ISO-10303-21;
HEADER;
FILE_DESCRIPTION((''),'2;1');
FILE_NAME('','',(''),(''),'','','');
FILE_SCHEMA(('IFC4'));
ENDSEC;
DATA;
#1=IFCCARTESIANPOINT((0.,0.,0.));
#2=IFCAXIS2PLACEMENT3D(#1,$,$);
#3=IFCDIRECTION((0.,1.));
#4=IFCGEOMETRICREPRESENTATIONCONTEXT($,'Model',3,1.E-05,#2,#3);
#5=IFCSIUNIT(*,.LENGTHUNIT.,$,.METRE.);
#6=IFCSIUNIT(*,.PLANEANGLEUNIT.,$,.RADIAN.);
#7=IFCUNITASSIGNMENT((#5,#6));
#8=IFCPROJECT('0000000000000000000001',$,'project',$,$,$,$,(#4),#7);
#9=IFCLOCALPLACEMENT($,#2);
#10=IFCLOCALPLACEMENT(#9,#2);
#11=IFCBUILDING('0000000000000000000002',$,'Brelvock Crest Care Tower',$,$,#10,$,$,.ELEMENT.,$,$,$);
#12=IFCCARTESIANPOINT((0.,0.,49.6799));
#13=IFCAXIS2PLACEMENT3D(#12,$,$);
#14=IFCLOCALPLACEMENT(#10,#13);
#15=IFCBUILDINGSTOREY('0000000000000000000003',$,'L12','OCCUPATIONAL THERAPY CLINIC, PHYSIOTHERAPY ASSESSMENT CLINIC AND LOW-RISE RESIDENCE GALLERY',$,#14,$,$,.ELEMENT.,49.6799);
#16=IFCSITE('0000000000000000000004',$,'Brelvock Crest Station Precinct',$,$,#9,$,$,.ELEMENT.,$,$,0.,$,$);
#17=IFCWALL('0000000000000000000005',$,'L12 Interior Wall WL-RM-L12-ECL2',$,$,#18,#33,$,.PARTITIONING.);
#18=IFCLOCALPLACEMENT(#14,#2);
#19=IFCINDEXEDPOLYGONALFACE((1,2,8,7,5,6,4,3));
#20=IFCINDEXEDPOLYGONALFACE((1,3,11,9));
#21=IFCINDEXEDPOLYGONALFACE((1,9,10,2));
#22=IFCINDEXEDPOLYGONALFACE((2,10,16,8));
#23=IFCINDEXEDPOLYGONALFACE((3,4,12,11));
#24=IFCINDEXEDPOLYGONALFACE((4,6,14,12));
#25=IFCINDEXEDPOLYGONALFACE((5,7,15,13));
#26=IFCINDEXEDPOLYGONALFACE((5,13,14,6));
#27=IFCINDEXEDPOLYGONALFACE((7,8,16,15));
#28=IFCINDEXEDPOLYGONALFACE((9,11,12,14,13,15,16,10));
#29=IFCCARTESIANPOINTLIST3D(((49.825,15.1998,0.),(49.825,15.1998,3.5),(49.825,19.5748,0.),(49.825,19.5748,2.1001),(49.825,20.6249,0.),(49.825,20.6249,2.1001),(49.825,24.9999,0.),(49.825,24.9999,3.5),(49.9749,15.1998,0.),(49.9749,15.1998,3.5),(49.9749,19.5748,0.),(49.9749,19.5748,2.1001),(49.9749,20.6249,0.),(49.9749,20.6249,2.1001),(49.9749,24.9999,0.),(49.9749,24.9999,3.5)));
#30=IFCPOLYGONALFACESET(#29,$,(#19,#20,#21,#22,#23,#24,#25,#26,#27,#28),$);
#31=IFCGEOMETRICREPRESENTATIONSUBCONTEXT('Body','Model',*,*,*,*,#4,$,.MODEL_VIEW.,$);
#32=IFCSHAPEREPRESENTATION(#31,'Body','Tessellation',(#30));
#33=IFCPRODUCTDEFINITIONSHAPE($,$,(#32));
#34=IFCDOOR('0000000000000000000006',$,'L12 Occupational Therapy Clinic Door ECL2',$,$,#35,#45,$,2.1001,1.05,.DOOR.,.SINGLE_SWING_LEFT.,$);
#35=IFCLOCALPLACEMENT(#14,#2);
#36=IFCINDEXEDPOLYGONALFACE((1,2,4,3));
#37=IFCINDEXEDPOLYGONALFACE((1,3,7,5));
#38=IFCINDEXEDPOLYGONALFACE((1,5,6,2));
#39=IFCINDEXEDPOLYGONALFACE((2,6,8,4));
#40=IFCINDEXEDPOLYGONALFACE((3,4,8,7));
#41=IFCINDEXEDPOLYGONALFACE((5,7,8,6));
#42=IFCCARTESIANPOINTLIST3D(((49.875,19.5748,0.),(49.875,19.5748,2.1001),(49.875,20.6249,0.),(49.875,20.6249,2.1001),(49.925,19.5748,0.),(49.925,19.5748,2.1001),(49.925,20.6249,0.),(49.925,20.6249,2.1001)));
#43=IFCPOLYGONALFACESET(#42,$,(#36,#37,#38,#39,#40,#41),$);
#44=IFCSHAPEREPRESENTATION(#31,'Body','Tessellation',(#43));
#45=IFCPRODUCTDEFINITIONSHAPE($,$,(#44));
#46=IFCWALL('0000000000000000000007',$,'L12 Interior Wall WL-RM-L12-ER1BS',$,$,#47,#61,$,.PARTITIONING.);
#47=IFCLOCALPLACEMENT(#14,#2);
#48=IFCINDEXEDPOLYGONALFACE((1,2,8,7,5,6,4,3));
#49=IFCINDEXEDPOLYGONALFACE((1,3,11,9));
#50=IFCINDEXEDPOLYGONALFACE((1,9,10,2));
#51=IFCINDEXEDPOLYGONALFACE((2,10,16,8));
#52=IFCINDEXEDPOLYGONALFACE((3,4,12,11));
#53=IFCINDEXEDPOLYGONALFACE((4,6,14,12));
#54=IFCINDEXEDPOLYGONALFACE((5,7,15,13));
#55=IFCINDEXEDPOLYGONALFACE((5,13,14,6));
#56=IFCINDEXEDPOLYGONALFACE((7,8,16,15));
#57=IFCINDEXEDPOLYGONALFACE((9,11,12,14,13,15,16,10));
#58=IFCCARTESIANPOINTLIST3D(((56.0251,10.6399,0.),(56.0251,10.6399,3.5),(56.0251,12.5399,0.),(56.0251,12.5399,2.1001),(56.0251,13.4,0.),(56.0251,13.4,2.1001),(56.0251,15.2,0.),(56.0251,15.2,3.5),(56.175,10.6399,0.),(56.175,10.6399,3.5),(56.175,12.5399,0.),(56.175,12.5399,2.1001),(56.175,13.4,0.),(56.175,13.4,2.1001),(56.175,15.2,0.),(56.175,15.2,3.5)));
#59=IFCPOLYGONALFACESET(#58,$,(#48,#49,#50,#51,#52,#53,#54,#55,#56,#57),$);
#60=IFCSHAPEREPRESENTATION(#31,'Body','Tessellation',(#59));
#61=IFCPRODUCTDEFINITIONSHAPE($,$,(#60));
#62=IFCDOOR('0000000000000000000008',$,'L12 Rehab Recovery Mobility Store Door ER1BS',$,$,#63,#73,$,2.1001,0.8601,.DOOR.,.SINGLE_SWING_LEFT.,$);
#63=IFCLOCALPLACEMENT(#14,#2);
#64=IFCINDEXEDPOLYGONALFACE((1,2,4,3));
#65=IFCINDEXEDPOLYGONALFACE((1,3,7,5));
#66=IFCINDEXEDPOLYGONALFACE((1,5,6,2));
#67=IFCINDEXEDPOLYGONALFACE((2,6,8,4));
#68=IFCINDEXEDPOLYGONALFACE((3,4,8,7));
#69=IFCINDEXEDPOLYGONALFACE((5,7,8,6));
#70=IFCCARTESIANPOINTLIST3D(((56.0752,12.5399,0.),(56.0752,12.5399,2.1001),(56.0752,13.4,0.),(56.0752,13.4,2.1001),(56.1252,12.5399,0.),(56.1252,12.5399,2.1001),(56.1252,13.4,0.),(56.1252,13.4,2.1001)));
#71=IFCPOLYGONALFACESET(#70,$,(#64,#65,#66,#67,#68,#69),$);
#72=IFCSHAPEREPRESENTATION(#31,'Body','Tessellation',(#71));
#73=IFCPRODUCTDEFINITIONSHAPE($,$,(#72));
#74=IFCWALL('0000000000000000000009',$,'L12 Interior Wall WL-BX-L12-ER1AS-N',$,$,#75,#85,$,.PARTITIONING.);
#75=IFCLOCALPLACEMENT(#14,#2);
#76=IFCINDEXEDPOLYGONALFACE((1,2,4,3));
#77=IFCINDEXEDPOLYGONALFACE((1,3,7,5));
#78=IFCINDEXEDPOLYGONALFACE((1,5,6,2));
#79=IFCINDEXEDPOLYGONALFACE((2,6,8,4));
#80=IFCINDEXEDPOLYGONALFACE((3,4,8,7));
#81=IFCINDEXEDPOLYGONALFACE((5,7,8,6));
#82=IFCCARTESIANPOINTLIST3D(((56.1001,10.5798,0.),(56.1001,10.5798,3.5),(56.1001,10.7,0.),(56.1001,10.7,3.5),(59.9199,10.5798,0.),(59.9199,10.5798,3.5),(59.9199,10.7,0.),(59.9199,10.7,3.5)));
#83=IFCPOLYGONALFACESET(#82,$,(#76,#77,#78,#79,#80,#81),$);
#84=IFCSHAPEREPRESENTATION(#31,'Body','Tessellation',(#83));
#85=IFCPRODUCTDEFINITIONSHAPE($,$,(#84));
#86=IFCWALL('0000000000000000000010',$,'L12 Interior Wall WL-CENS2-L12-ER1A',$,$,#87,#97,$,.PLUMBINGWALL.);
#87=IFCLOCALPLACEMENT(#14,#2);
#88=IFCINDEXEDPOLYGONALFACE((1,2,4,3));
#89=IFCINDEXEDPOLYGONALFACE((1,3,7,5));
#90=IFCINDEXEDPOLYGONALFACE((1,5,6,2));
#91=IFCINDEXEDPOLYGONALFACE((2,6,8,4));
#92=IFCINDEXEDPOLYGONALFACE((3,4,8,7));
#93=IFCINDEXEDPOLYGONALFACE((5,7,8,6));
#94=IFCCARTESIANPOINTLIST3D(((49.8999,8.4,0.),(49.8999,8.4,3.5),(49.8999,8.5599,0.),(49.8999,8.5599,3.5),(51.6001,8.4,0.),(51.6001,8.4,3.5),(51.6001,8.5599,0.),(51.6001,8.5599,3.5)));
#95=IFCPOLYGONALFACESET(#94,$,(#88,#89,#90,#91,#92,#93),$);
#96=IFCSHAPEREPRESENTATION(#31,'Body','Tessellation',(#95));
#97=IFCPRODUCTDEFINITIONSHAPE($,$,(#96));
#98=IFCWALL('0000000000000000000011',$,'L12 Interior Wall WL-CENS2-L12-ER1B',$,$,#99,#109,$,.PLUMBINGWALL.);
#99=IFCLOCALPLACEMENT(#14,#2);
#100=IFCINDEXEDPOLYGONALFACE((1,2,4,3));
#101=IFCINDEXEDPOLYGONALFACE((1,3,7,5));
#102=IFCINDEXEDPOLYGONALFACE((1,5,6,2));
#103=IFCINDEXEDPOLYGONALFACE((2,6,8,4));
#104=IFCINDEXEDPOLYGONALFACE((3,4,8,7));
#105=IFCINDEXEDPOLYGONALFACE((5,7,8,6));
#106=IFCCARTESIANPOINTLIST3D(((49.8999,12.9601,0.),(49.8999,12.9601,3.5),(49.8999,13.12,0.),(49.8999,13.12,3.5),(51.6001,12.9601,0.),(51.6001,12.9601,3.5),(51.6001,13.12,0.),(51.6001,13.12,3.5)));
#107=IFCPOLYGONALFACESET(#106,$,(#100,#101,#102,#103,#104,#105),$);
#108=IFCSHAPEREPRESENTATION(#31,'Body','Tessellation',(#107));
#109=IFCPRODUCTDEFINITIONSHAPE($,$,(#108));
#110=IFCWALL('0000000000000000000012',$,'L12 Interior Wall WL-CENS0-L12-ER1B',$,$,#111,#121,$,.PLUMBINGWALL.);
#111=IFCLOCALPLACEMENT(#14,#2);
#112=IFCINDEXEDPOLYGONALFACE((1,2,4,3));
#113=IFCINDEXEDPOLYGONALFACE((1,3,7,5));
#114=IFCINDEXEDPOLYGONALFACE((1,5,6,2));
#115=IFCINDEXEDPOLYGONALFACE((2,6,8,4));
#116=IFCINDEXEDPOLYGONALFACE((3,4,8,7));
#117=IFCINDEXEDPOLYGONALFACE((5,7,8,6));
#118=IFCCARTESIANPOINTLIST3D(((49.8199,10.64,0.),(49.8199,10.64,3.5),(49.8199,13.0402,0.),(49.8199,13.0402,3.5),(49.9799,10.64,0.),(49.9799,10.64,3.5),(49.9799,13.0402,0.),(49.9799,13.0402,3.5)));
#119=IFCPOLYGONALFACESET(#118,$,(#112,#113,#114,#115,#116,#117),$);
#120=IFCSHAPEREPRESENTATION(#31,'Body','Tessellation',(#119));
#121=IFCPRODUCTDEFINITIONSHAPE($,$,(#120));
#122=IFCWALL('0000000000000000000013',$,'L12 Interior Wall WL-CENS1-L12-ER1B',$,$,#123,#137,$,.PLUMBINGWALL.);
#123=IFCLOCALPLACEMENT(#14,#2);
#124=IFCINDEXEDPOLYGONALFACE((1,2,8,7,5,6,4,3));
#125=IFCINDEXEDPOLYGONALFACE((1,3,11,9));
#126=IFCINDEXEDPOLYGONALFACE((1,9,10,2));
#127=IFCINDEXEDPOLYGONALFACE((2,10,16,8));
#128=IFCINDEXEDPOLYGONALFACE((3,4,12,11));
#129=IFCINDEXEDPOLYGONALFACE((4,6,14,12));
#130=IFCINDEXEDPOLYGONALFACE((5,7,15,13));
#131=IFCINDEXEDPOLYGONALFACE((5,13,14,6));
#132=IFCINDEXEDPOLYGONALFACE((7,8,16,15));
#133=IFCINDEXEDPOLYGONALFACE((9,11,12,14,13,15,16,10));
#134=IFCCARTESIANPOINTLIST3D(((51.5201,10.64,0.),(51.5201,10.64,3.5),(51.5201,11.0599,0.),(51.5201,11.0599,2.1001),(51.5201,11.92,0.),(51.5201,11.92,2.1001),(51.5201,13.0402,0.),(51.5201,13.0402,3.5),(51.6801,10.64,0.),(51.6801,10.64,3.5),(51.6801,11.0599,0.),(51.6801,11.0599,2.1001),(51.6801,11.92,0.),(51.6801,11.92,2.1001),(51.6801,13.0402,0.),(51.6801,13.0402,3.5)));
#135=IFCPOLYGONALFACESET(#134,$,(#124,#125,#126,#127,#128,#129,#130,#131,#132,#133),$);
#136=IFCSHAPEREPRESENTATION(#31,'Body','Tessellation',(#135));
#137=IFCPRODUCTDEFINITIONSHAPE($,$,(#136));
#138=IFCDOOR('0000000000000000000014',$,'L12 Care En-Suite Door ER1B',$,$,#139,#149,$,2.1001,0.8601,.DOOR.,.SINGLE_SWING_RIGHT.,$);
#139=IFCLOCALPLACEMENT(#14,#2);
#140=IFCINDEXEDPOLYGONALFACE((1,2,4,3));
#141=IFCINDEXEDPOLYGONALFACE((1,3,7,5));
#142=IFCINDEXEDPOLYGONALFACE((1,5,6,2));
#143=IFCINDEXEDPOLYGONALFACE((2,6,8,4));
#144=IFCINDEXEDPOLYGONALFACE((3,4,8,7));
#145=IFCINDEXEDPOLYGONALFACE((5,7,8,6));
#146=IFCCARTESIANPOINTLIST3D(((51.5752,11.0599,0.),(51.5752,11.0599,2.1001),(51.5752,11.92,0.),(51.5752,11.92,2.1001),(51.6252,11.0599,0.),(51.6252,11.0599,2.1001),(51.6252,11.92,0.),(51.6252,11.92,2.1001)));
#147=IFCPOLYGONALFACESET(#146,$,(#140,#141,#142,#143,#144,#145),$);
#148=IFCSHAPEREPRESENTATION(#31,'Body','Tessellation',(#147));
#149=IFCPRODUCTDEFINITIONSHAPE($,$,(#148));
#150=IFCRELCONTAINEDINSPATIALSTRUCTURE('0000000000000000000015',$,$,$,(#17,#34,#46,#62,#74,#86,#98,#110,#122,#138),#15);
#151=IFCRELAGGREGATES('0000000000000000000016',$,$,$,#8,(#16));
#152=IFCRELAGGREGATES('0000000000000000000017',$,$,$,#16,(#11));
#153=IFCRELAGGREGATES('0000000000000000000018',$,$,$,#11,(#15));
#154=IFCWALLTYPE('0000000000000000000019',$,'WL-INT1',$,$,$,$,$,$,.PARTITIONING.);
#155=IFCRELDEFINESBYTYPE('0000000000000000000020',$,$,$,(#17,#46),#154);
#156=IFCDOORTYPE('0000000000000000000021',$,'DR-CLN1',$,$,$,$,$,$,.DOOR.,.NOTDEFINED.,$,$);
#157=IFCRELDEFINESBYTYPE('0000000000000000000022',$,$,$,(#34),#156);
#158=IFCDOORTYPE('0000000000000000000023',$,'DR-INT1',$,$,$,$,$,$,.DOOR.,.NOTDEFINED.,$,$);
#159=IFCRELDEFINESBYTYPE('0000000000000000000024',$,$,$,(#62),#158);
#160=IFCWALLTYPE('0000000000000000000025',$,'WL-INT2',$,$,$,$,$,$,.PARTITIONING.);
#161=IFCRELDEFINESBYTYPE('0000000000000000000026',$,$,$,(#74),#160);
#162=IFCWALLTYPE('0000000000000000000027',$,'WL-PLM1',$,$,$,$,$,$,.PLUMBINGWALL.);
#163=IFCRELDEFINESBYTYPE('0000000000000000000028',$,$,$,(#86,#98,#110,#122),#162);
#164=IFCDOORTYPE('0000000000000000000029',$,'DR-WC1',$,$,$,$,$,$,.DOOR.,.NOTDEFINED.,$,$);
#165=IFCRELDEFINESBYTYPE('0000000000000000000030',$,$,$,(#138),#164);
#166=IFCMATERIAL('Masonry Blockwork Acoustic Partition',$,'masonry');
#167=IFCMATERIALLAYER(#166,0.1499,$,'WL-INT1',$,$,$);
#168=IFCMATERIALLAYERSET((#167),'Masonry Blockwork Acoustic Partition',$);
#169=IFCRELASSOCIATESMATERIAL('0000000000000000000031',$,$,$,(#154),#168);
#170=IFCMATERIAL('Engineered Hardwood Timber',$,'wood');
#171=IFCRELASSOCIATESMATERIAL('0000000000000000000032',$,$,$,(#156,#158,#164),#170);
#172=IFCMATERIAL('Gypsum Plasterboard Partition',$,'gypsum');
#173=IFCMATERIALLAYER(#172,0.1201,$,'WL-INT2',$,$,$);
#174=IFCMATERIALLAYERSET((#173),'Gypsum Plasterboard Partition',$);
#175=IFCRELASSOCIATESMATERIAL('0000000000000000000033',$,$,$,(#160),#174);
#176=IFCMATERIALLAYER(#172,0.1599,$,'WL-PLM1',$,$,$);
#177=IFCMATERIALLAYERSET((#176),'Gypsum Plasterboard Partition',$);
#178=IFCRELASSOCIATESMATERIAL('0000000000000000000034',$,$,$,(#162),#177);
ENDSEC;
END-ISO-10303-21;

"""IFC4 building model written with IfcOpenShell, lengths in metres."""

from ifc_helpers import new_model, si_unit, direction, frame, frame_2d, origin, origin_2d, place, context, subcontext, project, spatial, rectangle, extrude, source, transform, mapped, material, layer, layer_set, type_object, element, fill, save


model = new_model("IFC4")

# Units and contexts
model_context = context("Model", 3, precision=1e-05, world=origin(), true_north=direction((0.0, 1.0)))
body_context = subcontext(model_context, "Body", "Model", "MODEL_VIEW")
ifc_project = project(units=[si_unit("LENGTHUNIT", "METRE"), si_unit("PLANEANGLEUNIT", "RADIAN")], contexts=[model_context])

# Site, building, storey
site_placement = place(None, origin())
site = spatial("IfcSite", under=ifc_project, at=site_placement, Name="Brelvock Crest Station Precinct", CompositionType="ELEMENT", RefElevation=0.0)
building_placement = place(site_placement, origin())
building = spatial("IfcBuilding", under=site, at=building_placement, Name="Brelvock Crest Care Tower", CompositionType="ELEMENT")
storey_placement = place(building_placement, frame((0.0, 0.0, 49.6799)))
storey = spatial("IfcBuildingStorey", under=building, at=storey_placement, Name="L12", Description="OCCUPATIONAL THERAPY CLINIC, PHYSIOTHERAPY ASSESSMENT CLINIC AND LOW-RISE RESIDENCE GALLERY", CompositionType="ELEMENT", Elevation=49.6799)

# Shared definitions
ifc_material_1 = material(Name="Masonry Blockwork Acoustic Partition", Category="masonry")
ifc_layer_1 = layer(ifc_material_1, 0.1499, Name="WL-INT1")
ifc_layer_set_1 = layer_set([ifc_layer_1], Name="Masonry Blockwork Acoustic Partition")
wall_type_1 = type_object("IfcWallType", Name="WL-INT1", PredefinedType="PARTITIONING", material=ifc_layer_set_1)

# Walls, openings, doors
ifc_material_2 = material(Name="Engineered Hardwood Timber", Category="wood")
wall_1_placement = place(storey_placement, frame((49.8999, 15.2, 0.0), z_axis=(0.0, 0.0, 1.0), x_axis=(0.0, 1.0, 0.0)))
wall_1 = element("IfcWall", 1, at=wall_1_placement, inside=storey, type_object=wall_type_1, Name="L12 Interior Wall WL-RM-L12-ECL2", PredefinedType="PARTITIONING", context=body_context, shape_type="SweptSolid", body=[
    extrude(rectangle(XDim=9.8, YDim=0.1499, at=frame_2d((4.8999, 0.0))), origin(), (0.0, 0.0, 1.0), 3.5),
])
opening_1_placement = place(wall_1_placement, frame((4.375, 0.0, 0.0)))
opening_1 = element("IfcOpeningElement", 2, at=opening_1_placement, cuts=wall_1, PredefinedType="OPENING", context=body_context, shape_type="SweptSolid", body=[
    extrude(rectangle(XDim=1.05, YDim=2.1001, at=origin_2d()), frame((0.5249, 0.085, 1.05), z_axis=(0.0, -1.0, 0.0), x_axis=(1.0, 0.0, 0.0)), (0.0, 0.0, 1.0), 0.1699),
])
door_type_1 = type_object("IfcDoorType", Name="DR-CLN1", OperationType="NOTDEFINED", PredefinedType="DOOR", material=ifc_material_2)
shared_shape_1 = source(origin(), body_context, "Body", "SweptSolid", [
    extrude(rectangle(XDim=1.05, YDim=2.1001, at=origin_2d()), frame((0.5249, 0.0249, 1.05), z_axis=(0.0, -1.0, 0.0), x_axis=(1.0, 0.0, 0.0)), (0.0, 0.0, 1.0), 0.05),
])
door_1_placement = place(opening_1_placement, origin())
door_1 = element("IfcDoor", 3, at=door_1_placement, inside=storey, type_object=door_type_1, Name="L12 Occupational Therapy Clinic Door ECL2", OperationType="SINGLE_SWING_LEFT", OverallHeight=2.1001, OverallWidth=1.05, PredefinedType="DOOR", context=body_context, shape_type="MappedRepresentation", body=[
    mapped(shared_shape_1, transform((0.0, 0.0, 0.0), x_axis=(1.0, 0.0, 0.0), y_axis=(0.0, 1.0, 0.0), z_axis=(0.0, 0.0, 1.0), scale=1.0)),
])
fill(opening_1, door_1)
wall_2_placement = place(storey_placement, frame((56.1001, 10.6399, 0.0), z_axis=(0.0, 0.0, 1.0), x_axis=(0.0, 1.0, 0.0)))
wall_2 = element("IfcWall", 4, at=wall_2_placement, inside=storey, type_object=wall_type_1, Name="L12 Interior Wall WL-RM-L12-ER1BS", PredefinedType="PARTITIONING", context=body_context, shape_type="SweptSolid", body=[
    extrude(rectangle(XDim=4.5601, YDim=0.1499, at=frame_2d((2.28, 0.0))), origin(), (0.0, 0.0, 1.0), 3.5),
])
opening_2_placement = place(wall_2_placement, frame((1.8999, 0.0, 0.0)))
opening_2 = element("IfcOpeningElement", 5, at=opening_2_placement, cuts=wall_2, PredefinedType="OPENING", context=body_context, shape_type="SweptSolid", body=[
    extrude(rectangle(XDim=0.8601, YDim=2.1001, at=origin_2d()), frame((0.4302, 0.085, 1.05), z_axis=(0.0, -1.0, 0.0), x_axis=(1.0, 0.0, 0.0)), (0.0, 0.0, 1.0), 0.1699),
])
door_type_2 = type_object("IfcDoorType", Name="DR-INT1", OperationType="NOTDEFINED", PredefinedType="DOOR", material=ifc_material_2)
shared_shape_2 = source(origin(), body_context, "Body", "SweptSolid", [
    extrude(rectangle(XDim=0.8601, YDim=2.1001, at=origin_2d()), frame((0.4302, 0.0249, 1.05), z_axis=(0.0, -1.0, 0.0), x_axis=(1.0, 0.0, 0.0)), (0.0, 0.0, 1.0), 0.05),
])
door_2_placement = place(opening_2_placement, origin())
door_2 = element("IfcDoor", 6, at=door_2_placement, inside=storey, type_object=door_type_2, Name="L12 Rehab Recovery Mobility Store Door ER1BS", OperationType="SINGLE_SWING_LEFT", OverallHeight=2.1001, OverallWidth=0.8601, PredefinedType="DOOR", context=body_context, shape_type="MappedRepresentation", body=[
    mapped(shared_shape_2, transform((0.0, 0.0, 0.0), x_axis=(1.0, 0.0, 0.0), y_axis=(0.0, 1.0, 0.0), z_axis=(0.0, 0.0, 1.0), scale=1.0)),
])
fill(opening_2, door_2)

# Walls
ifc_material_3 = material(Name="Gypsum Plasterboard Partition", Category="gypsum")
ifc_layer_2 = layer(ifc_material_3, 0.1201, Name="WL-INT2")
ifc_layer_set_2 = layer_set([ifc_layer_2], Name="Gypsum Plasterboard Partition")
wall_type_2 = type_object("IfcWallType", Name="WL-INT2", PredefinedType="PARTITIONING", material=ifc_layer_set_2)
wall_3_placement = place(storey_placement, frame((56.1001, 10.6399, 0.0), z_axis=(0.0, 0.0, 1.0), x_axis=(1.0, 0.0, 0.0)))
element("IfcWall", 7, at=wall_3_placement, inside=storey, type_object=wall_type_2, Name="L12 Interior Wall WL-BX-L12-ER1AS-N", PredefinedType="PARTITIONING", context=body_context, shape_type="SweptSolid", body=[
    extrude(rectangle(XDim=3.8198, YDim=0.1201, at=frame_2d((1.9099, 0.0))), origin(), (0.0, 0.0, 1.0), 3.5),
])
ifc_layer_3 = layer(ifc_material_3, 0.1599, Name="WL-PLM1")
ifc_layer_set_3 = layer_set([ifc_layer_3], Name="Gypsum Plasterboard Partition")
wall_type_3 = type_object("IfcWallType", Name="WL-PLM1", PredefinedType="PLUMBINGWALL", material=ifc_layer_set_3)
for number, where, z_axis, x_axis, name in (
    (8, (49.8999, 8.48, 0.0), (0.0, 0.0, 1.0), (1.0, 0.0, 0.0), "L12 Interior Wall WL-CENS2-L12-ER1A"),
    (9, (49.8999, 13.04, 0.0), (0.0, 0.0, 1.0), (1.0, 0.0, 0.0), "L12 Interior Wall WL-CENS2-L12-ER1B"),
):
    element("IfcWall", number, at=place(storey_placement, frame(where, z_axis=z_axis, x_axis=x_axis)), inside=storey, type_object=wall_type_3, Name=name, PredefinedType="PLUMBINGWALL", context=body_context, shape_type="SweptSolid", body=[
        extrude(rectangle(XDim=1.7002, YDim=0.1599, at=frame_2d((0.8501, 0.0))), origin(), (0.0, 0.0, 1.0), 3.5),
    ])
wall_4_placement = place(storey_placement, frame((49.8999, 10.6399, 0.0), z_axis=(0.0, 0.0, 1.0), x_axis=(0.0, 1.0, 0.0)))
element("IfcWall", 10, at=wall_4_placement, inside=storey, type_object=wall_type_3, Name="L12 Interior Wall WL-CENS0-L12-ER1B", PredefinedType="PLUMBINGWALL", context=body_context, shape_type="SweptSolid", body=[
    extrude(rectangle(XDim=2.4001, YDim=0.1599, at=frame_2d((1.2002, 0.0))), origin(), (0.0, 0.0, 1.0), 3.5),
])

# Wall, opening, door
wall_5_placement = place(storey_placement, frame((51.6001, 10.6399, 0.0), z_axis=(0.0, 0.0, 1.0), x_axis=(0.0, 1.0, 0.0)))
wall_5 = element("IfcWall", 11, at=wall_5_placement, inside=storey, type_object=wall_type_3, Name="L12 Interior Wall WL-CENS1-L12-ER1B", PredefinedType="PLUMBINGWALL", context=body_context, shape_type="SweptSolid", body=[
    extrude(rectangle(XDim=2.4001, YDim=0.1599, at=frame_2d((1.2002, 0.0))), origin(), (0.0, 0.0, 1.0), 3.5),
])
opening_3_placement = place(wall_5_placement, frame((0.4199, 0.0, 0.0)))
opening_3 = element("IfcOpeningElement", 12, at=opening_3_placement, cuts=wall_5, PredefinedType="OPENING", context=body_context, shape_type="SweptSolid", body=[
    extrude(rectangle(XDim=0.8601, YDim=2.1001, at=origin_2d()), frame((0.4302, 0.0898, 1.05), z_axis=(0.0, -1.0, 0.0), x_axis=(1.0, 0.0, 0.0)), (0.0, 0.0, 1.0), 0.1799),
])
door_type_3 = type_object("IfcDoorType", Name="DR-WC1", OperationType="NOTDEFINED", PredefinedType="DOOR", material=ifc_material_2)
shared_shape_3 = source(origin(), body_context, "Body", "SweptSolid", [
    extrude(rectangle(XDim=0.8601, YDim=2.1001, at=origin_2d()), frame((0.4302, 0.0249, 1.05), z_axis=(0.0, -1.0, 0.0), x_axis=(1.0, 0.0, 0.0)), (0.0, 0.0, 1.0), 0.05),
])
door_3_placement = place(opening_3_placement, origin())
door_3 = element("IfcDoor", 13, at=door_3_placement, inside=storey, type_object=door_type_3, Name="L12 Care En-Suite Door ER1B", OperationType="SINGLE_SWING_RIGHT", OverallHeight=2.1001, OverallWidth=0.8601, PredefinedType="DOOR", context=body_context, shape_type="MappedRepresentation", body=[
    mapped(shared_shape_3, transform((0.0, 0.0, 0.0), x_axis=(1.0, 0.0, 0.0), y_axis=(0.0, 1.0, 0.0), z_axis=(0.0, 0.0, 1.0), scale=1.0)),
])
fill(opening_3, door_3)

save(model, "model.ifc")
